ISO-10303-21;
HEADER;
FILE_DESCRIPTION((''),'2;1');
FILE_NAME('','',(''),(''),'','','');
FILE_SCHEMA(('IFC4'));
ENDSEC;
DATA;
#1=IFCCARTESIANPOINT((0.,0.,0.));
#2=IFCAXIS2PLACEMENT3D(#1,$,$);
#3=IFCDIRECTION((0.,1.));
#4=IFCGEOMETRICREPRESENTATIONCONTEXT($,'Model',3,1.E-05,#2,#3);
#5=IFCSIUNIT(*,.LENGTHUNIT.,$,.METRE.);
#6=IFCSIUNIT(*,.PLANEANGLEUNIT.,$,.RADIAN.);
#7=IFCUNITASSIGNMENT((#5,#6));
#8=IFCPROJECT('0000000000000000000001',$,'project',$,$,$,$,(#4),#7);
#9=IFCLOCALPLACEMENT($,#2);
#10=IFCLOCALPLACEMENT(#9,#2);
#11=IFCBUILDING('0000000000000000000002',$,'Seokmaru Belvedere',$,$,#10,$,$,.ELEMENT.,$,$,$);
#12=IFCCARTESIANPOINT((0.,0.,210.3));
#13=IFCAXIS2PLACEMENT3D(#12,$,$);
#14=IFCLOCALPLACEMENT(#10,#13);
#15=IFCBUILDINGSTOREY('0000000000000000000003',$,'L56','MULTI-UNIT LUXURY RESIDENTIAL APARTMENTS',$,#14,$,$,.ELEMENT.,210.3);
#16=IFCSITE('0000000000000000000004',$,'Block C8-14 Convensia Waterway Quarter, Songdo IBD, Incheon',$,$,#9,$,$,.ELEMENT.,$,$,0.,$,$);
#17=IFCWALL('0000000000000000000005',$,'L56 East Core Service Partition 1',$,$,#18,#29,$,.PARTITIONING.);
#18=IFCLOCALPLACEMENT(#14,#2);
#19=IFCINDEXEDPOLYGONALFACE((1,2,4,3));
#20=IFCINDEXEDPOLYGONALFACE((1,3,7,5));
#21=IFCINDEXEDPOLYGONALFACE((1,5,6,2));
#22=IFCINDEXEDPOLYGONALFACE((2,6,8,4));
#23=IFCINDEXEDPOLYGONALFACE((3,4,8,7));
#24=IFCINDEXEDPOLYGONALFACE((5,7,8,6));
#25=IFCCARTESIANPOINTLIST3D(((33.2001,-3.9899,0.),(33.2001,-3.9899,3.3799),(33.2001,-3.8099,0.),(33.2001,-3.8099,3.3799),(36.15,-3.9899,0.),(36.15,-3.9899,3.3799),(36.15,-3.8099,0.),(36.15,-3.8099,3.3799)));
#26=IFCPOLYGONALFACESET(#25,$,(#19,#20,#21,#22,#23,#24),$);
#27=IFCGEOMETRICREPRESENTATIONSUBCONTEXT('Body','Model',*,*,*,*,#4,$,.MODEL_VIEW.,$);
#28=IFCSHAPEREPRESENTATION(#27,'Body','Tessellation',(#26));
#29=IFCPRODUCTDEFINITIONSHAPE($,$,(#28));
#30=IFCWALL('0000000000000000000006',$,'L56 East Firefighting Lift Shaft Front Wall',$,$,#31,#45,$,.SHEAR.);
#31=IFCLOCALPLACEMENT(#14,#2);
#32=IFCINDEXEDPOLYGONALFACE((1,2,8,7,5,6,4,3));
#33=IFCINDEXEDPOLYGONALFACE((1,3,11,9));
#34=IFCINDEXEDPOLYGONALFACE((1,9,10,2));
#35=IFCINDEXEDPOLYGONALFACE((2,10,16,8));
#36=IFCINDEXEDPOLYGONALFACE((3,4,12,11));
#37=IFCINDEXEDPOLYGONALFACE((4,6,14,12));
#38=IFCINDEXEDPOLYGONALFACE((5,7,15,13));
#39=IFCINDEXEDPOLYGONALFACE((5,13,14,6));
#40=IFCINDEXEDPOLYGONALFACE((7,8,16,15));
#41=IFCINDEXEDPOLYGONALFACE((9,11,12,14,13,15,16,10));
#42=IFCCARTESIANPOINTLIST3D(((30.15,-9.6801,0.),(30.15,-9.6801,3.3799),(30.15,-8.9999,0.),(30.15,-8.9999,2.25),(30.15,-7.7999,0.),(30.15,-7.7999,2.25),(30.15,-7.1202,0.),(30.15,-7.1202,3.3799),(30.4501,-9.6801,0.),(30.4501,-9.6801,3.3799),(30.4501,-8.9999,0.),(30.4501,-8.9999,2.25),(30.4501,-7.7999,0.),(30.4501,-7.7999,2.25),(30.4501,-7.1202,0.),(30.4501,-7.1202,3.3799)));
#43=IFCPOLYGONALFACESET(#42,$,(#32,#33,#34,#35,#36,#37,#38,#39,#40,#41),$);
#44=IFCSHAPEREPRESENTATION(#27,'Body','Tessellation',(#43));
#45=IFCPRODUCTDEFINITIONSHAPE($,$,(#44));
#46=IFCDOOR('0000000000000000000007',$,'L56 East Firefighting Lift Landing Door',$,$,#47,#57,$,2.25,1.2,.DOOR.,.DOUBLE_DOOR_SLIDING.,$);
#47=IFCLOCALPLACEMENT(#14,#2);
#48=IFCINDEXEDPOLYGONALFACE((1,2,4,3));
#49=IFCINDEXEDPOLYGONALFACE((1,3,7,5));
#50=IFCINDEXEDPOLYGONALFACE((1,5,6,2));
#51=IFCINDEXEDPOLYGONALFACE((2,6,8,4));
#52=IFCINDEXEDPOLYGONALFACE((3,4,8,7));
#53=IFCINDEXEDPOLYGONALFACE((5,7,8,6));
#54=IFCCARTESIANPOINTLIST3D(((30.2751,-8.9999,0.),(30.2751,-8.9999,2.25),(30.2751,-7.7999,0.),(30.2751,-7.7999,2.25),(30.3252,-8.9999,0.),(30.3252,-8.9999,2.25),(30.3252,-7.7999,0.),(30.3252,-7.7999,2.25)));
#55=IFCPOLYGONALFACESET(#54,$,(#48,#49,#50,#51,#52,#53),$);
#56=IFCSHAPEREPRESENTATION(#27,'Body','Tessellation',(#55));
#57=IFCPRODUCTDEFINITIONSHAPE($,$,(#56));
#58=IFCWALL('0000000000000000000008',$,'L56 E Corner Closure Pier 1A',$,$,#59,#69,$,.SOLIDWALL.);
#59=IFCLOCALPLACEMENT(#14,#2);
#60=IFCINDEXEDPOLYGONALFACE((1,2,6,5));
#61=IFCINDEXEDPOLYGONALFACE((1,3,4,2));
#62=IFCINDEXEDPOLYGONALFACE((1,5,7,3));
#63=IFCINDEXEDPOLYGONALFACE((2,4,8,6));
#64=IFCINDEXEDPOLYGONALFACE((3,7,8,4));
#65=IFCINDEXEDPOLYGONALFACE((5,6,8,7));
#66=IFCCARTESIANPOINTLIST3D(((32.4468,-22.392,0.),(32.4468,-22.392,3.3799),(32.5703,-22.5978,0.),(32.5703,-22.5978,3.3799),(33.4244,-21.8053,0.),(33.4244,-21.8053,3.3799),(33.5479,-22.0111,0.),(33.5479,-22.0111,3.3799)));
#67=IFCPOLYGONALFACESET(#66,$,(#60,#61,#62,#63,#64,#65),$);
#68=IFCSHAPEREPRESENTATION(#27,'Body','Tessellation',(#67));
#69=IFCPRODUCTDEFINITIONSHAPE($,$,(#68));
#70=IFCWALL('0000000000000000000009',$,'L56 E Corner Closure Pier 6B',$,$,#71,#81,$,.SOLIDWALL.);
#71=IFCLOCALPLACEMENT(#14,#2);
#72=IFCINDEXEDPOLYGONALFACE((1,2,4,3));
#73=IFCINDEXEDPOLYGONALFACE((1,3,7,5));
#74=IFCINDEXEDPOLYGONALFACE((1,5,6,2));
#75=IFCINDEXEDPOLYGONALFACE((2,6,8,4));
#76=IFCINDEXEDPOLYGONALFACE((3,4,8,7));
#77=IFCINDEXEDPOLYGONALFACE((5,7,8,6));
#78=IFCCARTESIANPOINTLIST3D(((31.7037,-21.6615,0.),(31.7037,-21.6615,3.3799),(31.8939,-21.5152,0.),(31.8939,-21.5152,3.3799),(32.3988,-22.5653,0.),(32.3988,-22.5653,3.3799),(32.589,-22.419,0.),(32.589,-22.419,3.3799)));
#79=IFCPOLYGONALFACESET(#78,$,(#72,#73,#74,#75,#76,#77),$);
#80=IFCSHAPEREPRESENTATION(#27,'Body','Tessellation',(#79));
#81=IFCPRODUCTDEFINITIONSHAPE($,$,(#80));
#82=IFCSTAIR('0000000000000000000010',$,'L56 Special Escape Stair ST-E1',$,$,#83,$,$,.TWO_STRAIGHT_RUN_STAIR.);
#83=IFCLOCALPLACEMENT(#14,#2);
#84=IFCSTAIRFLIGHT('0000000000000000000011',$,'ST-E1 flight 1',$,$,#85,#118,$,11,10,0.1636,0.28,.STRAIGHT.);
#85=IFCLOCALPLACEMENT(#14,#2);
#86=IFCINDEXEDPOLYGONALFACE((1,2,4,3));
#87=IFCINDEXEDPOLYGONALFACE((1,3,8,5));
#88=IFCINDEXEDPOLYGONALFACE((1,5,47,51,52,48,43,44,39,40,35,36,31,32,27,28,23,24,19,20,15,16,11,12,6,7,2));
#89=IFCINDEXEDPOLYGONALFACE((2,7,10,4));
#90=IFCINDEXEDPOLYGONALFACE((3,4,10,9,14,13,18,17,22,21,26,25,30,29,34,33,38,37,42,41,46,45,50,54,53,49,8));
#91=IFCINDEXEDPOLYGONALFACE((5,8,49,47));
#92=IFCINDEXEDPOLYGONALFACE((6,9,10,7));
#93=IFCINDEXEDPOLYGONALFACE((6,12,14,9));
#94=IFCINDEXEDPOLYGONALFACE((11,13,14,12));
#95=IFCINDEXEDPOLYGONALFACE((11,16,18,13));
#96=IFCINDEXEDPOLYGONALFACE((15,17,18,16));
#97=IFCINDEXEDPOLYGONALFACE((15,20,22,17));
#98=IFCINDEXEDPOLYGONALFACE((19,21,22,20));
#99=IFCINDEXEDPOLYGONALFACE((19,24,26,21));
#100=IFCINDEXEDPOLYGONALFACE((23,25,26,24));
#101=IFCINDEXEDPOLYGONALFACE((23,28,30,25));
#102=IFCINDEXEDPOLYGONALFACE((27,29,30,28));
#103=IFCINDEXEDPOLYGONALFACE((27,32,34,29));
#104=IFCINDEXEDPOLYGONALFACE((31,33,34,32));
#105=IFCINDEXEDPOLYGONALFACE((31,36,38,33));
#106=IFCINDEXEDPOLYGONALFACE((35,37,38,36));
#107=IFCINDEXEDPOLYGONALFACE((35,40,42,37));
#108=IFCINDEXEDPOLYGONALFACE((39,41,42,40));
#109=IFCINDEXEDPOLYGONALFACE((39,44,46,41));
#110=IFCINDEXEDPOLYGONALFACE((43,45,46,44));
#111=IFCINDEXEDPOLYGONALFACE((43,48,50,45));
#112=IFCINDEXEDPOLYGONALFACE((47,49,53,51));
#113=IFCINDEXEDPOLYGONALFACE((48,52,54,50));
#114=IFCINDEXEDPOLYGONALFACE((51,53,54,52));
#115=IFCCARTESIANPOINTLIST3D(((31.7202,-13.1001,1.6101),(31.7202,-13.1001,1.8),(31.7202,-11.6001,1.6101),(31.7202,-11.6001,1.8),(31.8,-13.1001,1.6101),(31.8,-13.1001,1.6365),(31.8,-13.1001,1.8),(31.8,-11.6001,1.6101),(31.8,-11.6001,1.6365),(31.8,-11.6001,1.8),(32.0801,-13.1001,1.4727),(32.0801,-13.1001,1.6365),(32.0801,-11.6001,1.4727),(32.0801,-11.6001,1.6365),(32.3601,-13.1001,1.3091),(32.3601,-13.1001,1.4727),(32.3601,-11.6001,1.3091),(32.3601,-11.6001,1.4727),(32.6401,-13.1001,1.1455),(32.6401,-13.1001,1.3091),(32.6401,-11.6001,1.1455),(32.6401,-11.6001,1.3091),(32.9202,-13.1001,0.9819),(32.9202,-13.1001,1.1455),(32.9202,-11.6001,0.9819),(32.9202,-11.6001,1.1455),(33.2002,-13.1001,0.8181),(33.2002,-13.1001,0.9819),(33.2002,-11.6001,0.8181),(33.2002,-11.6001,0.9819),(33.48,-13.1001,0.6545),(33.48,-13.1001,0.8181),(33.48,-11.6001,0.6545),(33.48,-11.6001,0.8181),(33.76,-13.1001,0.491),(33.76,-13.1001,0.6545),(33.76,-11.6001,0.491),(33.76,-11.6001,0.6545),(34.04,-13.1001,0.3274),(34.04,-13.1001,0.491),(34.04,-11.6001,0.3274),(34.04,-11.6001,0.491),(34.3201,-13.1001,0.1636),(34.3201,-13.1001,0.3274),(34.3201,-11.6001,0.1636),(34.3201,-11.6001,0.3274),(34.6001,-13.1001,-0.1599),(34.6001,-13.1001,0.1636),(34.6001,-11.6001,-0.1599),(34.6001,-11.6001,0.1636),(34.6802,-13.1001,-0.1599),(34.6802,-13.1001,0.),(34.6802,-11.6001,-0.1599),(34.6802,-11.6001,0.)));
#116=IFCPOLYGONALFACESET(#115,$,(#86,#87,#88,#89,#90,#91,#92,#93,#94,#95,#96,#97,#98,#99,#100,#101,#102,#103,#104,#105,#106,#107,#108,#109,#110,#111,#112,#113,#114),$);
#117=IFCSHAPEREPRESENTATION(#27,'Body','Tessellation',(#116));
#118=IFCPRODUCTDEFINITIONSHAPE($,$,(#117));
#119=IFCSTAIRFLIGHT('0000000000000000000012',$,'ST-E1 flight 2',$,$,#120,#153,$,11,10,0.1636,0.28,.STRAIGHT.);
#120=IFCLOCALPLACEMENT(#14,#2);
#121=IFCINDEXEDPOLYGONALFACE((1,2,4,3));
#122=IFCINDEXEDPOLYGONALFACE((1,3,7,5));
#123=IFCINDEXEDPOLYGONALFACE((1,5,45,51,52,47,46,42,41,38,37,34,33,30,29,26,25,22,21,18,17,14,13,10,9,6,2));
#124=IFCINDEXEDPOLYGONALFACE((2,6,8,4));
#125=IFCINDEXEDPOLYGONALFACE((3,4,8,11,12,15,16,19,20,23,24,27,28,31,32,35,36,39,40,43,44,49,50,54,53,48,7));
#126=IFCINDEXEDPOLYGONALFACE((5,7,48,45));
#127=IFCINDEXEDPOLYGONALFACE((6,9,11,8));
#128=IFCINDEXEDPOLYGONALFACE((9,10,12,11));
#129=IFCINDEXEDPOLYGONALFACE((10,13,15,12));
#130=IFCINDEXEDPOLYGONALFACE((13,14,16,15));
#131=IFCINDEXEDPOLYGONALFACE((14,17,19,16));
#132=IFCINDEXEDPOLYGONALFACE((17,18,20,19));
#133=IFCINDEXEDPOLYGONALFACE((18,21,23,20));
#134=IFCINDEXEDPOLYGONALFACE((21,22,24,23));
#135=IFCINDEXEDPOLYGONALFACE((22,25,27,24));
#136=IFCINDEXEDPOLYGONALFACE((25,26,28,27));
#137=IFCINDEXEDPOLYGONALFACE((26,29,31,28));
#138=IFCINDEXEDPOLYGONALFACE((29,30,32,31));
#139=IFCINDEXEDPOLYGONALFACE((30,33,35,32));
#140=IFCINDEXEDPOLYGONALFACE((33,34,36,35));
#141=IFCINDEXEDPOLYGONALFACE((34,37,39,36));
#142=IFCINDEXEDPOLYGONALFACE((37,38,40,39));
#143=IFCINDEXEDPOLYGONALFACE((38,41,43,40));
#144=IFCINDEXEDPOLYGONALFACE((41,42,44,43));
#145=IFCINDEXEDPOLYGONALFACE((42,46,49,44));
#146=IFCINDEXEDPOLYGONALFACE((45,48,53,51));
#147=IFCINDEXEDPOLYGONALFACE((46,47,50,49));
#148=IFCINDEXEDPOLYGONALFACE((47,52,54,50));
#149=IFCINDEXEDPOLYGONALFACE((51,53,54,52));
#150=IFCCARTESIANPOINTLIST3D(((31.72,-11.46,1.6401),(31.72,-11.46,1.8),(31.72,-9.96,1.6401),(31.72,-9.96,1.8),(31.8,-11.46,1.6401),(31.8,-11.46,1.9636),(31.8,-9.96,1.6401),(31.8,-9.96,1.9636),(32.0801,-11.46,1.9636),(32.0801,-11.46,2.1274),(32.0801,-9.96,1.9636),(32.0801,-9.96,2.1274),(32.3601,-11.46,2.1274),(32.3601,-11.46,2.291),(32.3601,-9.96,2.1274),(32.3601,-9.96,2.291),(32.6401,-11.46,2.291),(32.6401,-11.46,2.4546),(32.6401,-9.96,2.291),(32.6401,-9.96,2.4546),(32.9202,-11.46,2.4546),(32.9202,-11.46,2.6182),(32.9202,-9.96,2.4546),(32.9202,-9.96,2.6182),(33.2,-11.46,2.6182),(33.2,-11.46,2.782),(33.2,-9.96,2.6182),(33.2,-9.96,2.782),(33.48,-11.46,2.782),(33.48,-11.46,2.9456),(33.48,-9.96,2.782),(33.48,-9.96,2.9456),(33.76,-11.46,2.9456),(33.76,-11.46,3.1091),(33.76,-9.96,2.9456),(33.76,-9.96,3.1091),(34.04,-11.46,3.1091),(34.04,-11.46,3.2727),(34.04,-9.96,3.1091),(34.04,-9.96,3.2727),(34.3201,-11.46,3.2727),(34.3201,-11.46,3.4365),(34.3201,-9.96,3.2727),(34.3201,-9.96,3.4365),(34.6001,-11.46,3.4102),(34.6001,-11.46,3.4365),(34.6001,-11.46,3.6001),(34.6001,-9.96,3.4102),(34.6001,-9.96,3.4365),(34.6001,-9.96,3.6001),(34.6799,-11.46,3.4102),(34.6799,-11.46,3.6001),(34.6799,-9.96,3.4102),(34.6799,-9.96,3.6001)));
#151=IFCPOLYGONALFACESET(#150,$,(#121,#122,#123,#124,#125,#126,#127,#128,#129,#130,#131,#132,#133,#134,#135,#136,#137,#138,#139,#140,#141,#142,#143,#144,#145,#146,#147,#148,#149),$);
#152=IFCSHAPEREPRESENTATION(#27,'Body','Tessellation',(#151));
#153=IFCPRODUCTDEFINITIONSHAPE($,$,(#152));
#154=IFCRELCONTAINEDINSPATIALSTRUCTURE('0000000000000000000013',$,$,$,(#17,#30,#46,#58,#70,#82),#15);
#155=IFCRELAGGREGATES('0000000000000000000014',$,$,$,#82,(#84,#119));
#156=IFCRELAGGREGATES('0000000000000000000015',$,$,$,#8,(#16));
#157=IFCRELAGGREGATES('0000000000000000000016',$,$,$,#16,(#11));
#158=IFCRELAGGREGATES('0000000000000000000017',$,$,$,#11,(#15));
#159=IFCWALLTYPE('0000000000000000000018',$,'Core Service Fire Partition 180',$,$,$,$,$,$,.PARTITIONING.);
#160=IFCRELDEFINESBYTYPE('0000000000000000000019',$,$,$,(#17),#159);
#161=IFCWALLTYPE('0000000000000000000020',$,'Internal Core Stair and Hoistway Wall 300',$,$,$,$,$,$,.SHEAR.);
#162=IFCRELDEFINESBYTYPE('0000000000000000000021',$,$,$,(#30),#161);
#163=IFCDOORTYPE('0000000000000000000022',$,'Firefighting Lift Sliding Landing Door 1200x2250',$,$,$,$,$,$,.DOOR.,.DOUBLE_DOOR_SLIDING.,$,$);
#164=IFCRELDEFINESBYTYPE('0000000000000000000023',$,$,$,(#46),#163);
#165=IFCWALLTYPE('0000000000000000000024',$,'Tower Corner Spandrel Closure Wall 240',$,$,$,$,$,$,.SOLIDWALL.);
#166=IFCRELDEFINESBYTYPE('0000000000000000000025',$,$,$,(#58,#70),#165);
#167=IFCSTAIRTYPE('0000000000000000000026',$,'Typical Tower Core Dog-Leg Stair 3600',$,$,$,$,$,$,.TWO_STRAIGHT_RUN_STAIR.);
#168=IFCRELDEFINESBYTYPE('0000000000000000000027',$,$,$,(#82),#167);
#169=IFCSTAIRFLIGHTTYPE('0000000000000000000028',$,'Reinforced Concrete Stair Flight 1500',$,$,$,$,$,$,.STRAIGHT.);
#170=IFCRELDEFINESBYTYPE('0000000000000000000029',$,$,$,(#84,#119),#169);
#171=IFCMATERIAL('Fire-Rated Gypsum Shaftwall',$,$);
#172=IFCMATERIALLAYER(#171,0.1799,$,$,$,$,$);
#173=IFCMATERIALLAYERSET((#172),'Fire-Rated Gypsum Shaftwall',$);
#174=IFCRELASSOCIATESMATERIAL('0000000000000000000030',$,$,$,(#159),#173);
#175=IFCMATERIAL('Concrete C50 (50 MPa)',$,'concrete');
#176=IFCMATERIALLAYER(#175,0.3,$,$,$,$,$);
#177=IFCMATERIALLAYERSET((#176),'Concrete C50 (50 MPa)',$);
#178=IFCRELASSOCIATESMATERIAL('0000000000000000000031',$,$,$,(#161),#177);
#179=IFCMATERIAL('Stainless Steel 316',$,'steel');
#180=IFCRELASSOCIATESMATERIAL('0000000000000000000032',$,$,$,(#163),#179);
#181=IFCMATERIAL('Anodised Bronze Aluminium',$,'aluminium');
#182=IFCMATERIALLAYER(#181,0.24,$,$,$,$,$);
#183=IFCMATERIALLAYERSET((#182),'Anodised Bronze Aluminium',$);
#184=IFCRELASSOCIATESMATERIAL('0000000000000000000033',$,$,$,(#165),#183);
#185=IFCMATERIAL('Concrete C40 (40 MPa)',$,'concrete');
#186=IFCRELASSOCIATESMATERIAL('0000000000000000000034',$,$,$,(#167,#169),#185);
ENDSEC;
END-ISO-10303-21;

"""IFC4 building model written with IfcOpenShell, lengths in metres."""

from ifc_helpers import new_model, si_unit, direction, frame, frame_2d, origin, place, context, subcontext, project, spatial, polyline, rectangle, outline, extrude, source, transform, mapped, material, layer, layer_set, type_object, type_shapes, element, fill, aggregate, save


model = new_model("IFC4")

# Units and contexts
model_context = context("Model", 3, precision=1e-05, world=origin(), true_north=direction((0.0, 1.0)))
body_context = subcontext(model_context, "Body", "Model", "MODEL_VIEW")
ifc_project = project(units=[si_unit("LENGTHUNIT", "METRE"), si_unit("PLANEANGLEUNIT", "RADIAN")], contexts=[model_context])

# Site, building, storey
site_placement = place(None, origin())
site = spatial("IfcSite", under=ifc_project, at=site_placement, Name="Block C8-14 Convensia Waterway Quarter, Songdo IBD, Incheon", CompositionType="ELEMENT", RefElevation=0.0)
building_placement = place(site_placement, origin())
building = spatial("IfcBuilding", under=site, at=building_placement, Name="Seokmaru Belvedere", CompositionType="ELEMENT")
storey_placement = place(building_placement, frame((0.0, 0.0, 210.3)))
storey = spatial("IfcBuildingStorey", under=building, at=storey_placement, Name="L56", Description="MULTI-UNIT LUXURY RESIDENTIAL APARTMENTS", CompositionType="ELEMENT", Elevation=210.3)

# Shared definitions
ifc_material_1 = material(Name="Anodised Bronze Aluminium", Category="aluminium")

# Shared definitions
ifc_material_2 = material(Name="Fire-Rated Gypsum Shaftwall")
ifc_layer_1 = layer(ifc_material_2, 0.1799)
ifc_layer_set_1 = layer_set([ifc_layer_1], Name="Fire-Rated Gypsum Shaftwall")
wall_type_1 = type_object("IfcWallType", Name="Core Service Fire Partition 180", PredefinedType="PARTITIONING", material=ifc_layer_set_1)

# Wall
for number, where, z_axis, x_axis, name in (
    (1, (33.2, -3.8999, 0.0), (0.0, 0.0, 1.0), (1.0, 0.0, 0.0), "L56 East Core Service Partition 1"),
):
    element("IfcWall", number, at=place(storey_placement, frame(where, z_axis=z_axis, x_axis=x_axis)), inside=storey, type_object=wall_type_1, Name=name, PredefinedType="PARTITIONING", context=body_context, shape_type="SweptSolid", body=[
        extrude(rectangle(XDim=2.95, YDim=0.1799, at=frame_2d((1.4751, 0.0))), origin(), (0.0, 0.0, 1.0), 3.3799),
    ])

# Wall, opening, door
ifc_material_3 = material(Name="Concrete C50 (50 MPa)", Category="concrete")
ifc_layer_2 = layer(ifc_material_3, 0.3)
ifc_layer_set_2 = layer_set([ifc_layer_2], Name="Concrete C50 (50 MPa)")
wall_type_2 = type_object("IfcWallType", Name="Internal Core Stair and Hoistway Wall 300", PredefinedType="SHEAR", material=ifc_layer_set_2)
wall_1_placement = place(storey_placement, frame((30.3, -9.6799, 0.0), z_axis=(0.0, 0.0, 1.0), x_axis=(0.0, 1.0, 0.0)))
wall_1 = element("IfcWall", 2, at=wall_1_placement, inside=storey, type_object=wall_type_2, Name="L56 East Firefighting Lift Shaft Front Wall", PredefinedType="SHEAR", context=body_context, shape_type="SweptSolid", body=[
    extrude(rectangle(XDim=2.5598, YDim=0.3, at=frame_2d((1.2798, 0.0))), origin(), (0.0, 0.0, 1.0), 3.3799),
])
opening_1_placement = place(wall_1_placement, frame((0.6799, 0.0, 0.0)))
opening_1 = element("IfcOpeningElement", 3, at=opening_1_placement, cuts=wall_1, PredefinedType="OPENING", context=body_context, shape_type="SweptSolid", body=[
    extrude(rectangle(XDim=1.2, YDim=2.25, at=frame_2d((0.6001, 1.125))), frame((0.0, 0.1602, 0.0), z_axis=(0.0, -1.0, 0.0), x_axis=(1.0, 0.0, 0.0)), (0.0, 0.0, 1.0), 0.3201),
])
ifc_material_4 = material(Name="Stainless Steel 316", Category="steel")
door_type_1 = type_object("IfcDoorType", Name="Firefighting Lift Sliding Landing Door 1200x2250", OperationType="DOUBLE_DOOR_SLIDING", PredefinedType="DOOR", material=ifc_material_4)
shared_shape_1 = source(origin(), body_context, "Body", "SweptSolid", [
    extrude(rectangle(XDim=1.2, YDim=2.25, at=frame_2d((0.6001, 1.125))), frame((0.0, 0.0249, 0.0), z_axis=(0.0, -1.0, 0.0), x_axis=(1.0, 0.0, 0.0)), (0.0, 0.0, 1.0), 0.05),
])
type_shapes(door_type_1, [shared_shape_1])
door_1_placement = place(opening_1_placement, origin())
door_1 = element("IfcDoor", 4, at=door_1_placement, inside=storey, type_object=door_type_1, Name="L56 East Firefighting Lift Landing Door", OperationType="DOUBLE_DOOR_SLIDING", OverallHeight=2.25, OverallWidth=1.2, PredefinedType="DOOR", context=body_context, shape_type="MappedRepresentation", body=[
    mapped(shared_shape_1, transform((0.0, 0.0, 0.0), scale=1.0)),
])
fill(opening_1, door_1)

# Walls
ifc_layer_3 = layer(ifc_material_1, 0.24)
ifc_layer_set_3 = layer_set([ifc_layer_3], Name="Anodised Bronze Aluminium")
wall_type_3 = type_object("IfcWallType", Name="Tower Corner Spandrel Closure Wall 240", PredefinedType="SOLIDWALL", material=ifc_layer_set_3)
for number, where, z_axis, x_axis, name in (
    (5, (32.5085, -22.4949, 0.0), (0.0, 0.0, 1.0), (0.857436, 0.51459, 0.0), "L56 E Corner Closure Pier 1A"),
    (6, (31.7988, -21.5884, 0.0), (0.0, 0.0, 1.0), (0.609618, -0.792696, 0.0), "L56 E Corner Closure Pier 6B"),
):
    element("IfcWall", number, at=place(storey_placement, frame(where, z_axis=z_axis, x_axis=x_axis)), inside=storey, type_object=wall_type_3, Name=name, PredefinedType="SOLIDWALL", context=body_context, shape_type="SweptSolid", body=[
        extrude(rectangle(XDim=1.1401, YDim=0.24, at=frame_2d((0.5701, 0.0))), origin(), (0.0, 0.0, 1.0), 3.3799),
    ])

# Stair, stair flights
ifc_material_5 = material(Name="Concrete C40 (40 MPa)", Category="concrete")
stair_type = type_object("IfcStairType", Name="Typical Tower Core Dog-Leg Stair 3600", PredefinedType="TWO_STRAIGHT_RUN_STAIR", material=ifc_material_5)
stair_placement = place(storey_placement, origin())
stair = element("IfcStair", 7, at=stair_placement, inside=storey, type_object=stair_type, Name="L56 Special Escape Stair ST-E1", PredefinedType="TWO_STRAIGHT_RUN_STAIR")
stair_flight_type = type_object("IfcStairFlightType", Name="Reinforced Concrete Stair Flight 1500", PredefinedType="STRAIGHT", material=ifc_material_5)
stair_flight_1_placement = place(storey_placement, frame((34.6001, -12.3501, 0.0), z_axis=(0.0, 0.0, 1.0), x_axis=(-1.0, 0.0, 0.0)))
stair_flight_1 = element("IfcStairFlight", 8, at=stair_flight_1_placement, type_object=stair_flight_type, Name="ST-E1 flight 1", NumberOfRisers=11, NumberOfTreads=10, PredefinedType="STRAIGHT", RiserHeight=0.1636, TreadLength=0.28, context=body_context, shape_type="SweptSolid", body=[
    extrude(outline(polyline([(-0.0801, 0.0), (0.0, 0.1636), (0.28, 0.1636), (0.28, 0.3274), (0.5601, 0.3274), (0.5601, 0.491), (0.8401, 0.491), (0.8401, 0.6545), (1.1201, 0.6545), (1.1201, 0.8181), (1.3999, 0.8181), (1.3999, 0.9819), (1.6799, 0.9819), (1.6799, 1.1455), (1.96, 1.1455), (1.96, 1.3091), (2.24, 1.3091), (2.24, 1.4727), (2.52, 1.4727), (2.52, 1.6365), (2.8, 1.6365), (2.8, 1.8), (2.8799, 1.8), (2.8799, 1.6101), (2.8, 1.6101), (0.0, -0.1599), (-0.0801, -0.1599), (-0.0801, 0.0)])), frame((0.0, 0.75, 0.0), z_axis=(0.0, -1.0, 0.0), x_axis=(1.0, 0.0, 0.0)), (0.0, 0.0, 1.0), 1.5),
])
stair_flight_2_placement = place(storey_placement, frame((31.8, -10.71, 1.8), z_axis=(0.0, 0.0, 1.0), x_axis=(1.0, 0.0, 0.0)))
stair_flight_2 = element("IfcStairFlight", 9, at=stair_flight_2_placement, type_object=stair_flight_type, Name="ST-E1 flight 2", NumberOfRisers=11, NumberOfTreads=10, PredefinedType="STRAIGHT", RiserHeight=0.1636, TreadLength=0.28, context=body_context, shape_type="SweptSolid", body=[
    extrude(outline(polyline([(-0.0801, 0.0), (0.0, 0.1636), (0.28, 0.1636), (0.28, 0.3274), (0.5601, 0.3274), (0.5601, 0.491), (0.8401, 0.491), (0.8401, 0.6545), (1.1201, 0.6545), (1.1201, 0.8181), (1.3999, 0.8181), (1.3999, 0.9819), (1.6799, 0.9819), (1.6799, 1.1455), (1.96, 1.1455), (1.96, 1.3091), (2.24, 1.3091), (2.24, 1.4727), (2.52, 1.4727), (2.52, 1.6365), (2.8, 1.6365), (2.8, 1.8), (2.8799, 1.8), (2.8799, 1.6101), (2.8, 1.6101), (0.0, -0.1599), (-0.0801, -0.1599), (-0.0801, 0.0)])), frame((0.0, 0.75, 0.0), z_axis=(0.0, -1.0, 0.0), x_axis=(1.0, 0.0, 0.0)), (0.0, 0.0, 1.0), 1.5),
])
aggregate(stair, [stair_flight_1, stair_flight_2])

save(model, "model.ifc")
